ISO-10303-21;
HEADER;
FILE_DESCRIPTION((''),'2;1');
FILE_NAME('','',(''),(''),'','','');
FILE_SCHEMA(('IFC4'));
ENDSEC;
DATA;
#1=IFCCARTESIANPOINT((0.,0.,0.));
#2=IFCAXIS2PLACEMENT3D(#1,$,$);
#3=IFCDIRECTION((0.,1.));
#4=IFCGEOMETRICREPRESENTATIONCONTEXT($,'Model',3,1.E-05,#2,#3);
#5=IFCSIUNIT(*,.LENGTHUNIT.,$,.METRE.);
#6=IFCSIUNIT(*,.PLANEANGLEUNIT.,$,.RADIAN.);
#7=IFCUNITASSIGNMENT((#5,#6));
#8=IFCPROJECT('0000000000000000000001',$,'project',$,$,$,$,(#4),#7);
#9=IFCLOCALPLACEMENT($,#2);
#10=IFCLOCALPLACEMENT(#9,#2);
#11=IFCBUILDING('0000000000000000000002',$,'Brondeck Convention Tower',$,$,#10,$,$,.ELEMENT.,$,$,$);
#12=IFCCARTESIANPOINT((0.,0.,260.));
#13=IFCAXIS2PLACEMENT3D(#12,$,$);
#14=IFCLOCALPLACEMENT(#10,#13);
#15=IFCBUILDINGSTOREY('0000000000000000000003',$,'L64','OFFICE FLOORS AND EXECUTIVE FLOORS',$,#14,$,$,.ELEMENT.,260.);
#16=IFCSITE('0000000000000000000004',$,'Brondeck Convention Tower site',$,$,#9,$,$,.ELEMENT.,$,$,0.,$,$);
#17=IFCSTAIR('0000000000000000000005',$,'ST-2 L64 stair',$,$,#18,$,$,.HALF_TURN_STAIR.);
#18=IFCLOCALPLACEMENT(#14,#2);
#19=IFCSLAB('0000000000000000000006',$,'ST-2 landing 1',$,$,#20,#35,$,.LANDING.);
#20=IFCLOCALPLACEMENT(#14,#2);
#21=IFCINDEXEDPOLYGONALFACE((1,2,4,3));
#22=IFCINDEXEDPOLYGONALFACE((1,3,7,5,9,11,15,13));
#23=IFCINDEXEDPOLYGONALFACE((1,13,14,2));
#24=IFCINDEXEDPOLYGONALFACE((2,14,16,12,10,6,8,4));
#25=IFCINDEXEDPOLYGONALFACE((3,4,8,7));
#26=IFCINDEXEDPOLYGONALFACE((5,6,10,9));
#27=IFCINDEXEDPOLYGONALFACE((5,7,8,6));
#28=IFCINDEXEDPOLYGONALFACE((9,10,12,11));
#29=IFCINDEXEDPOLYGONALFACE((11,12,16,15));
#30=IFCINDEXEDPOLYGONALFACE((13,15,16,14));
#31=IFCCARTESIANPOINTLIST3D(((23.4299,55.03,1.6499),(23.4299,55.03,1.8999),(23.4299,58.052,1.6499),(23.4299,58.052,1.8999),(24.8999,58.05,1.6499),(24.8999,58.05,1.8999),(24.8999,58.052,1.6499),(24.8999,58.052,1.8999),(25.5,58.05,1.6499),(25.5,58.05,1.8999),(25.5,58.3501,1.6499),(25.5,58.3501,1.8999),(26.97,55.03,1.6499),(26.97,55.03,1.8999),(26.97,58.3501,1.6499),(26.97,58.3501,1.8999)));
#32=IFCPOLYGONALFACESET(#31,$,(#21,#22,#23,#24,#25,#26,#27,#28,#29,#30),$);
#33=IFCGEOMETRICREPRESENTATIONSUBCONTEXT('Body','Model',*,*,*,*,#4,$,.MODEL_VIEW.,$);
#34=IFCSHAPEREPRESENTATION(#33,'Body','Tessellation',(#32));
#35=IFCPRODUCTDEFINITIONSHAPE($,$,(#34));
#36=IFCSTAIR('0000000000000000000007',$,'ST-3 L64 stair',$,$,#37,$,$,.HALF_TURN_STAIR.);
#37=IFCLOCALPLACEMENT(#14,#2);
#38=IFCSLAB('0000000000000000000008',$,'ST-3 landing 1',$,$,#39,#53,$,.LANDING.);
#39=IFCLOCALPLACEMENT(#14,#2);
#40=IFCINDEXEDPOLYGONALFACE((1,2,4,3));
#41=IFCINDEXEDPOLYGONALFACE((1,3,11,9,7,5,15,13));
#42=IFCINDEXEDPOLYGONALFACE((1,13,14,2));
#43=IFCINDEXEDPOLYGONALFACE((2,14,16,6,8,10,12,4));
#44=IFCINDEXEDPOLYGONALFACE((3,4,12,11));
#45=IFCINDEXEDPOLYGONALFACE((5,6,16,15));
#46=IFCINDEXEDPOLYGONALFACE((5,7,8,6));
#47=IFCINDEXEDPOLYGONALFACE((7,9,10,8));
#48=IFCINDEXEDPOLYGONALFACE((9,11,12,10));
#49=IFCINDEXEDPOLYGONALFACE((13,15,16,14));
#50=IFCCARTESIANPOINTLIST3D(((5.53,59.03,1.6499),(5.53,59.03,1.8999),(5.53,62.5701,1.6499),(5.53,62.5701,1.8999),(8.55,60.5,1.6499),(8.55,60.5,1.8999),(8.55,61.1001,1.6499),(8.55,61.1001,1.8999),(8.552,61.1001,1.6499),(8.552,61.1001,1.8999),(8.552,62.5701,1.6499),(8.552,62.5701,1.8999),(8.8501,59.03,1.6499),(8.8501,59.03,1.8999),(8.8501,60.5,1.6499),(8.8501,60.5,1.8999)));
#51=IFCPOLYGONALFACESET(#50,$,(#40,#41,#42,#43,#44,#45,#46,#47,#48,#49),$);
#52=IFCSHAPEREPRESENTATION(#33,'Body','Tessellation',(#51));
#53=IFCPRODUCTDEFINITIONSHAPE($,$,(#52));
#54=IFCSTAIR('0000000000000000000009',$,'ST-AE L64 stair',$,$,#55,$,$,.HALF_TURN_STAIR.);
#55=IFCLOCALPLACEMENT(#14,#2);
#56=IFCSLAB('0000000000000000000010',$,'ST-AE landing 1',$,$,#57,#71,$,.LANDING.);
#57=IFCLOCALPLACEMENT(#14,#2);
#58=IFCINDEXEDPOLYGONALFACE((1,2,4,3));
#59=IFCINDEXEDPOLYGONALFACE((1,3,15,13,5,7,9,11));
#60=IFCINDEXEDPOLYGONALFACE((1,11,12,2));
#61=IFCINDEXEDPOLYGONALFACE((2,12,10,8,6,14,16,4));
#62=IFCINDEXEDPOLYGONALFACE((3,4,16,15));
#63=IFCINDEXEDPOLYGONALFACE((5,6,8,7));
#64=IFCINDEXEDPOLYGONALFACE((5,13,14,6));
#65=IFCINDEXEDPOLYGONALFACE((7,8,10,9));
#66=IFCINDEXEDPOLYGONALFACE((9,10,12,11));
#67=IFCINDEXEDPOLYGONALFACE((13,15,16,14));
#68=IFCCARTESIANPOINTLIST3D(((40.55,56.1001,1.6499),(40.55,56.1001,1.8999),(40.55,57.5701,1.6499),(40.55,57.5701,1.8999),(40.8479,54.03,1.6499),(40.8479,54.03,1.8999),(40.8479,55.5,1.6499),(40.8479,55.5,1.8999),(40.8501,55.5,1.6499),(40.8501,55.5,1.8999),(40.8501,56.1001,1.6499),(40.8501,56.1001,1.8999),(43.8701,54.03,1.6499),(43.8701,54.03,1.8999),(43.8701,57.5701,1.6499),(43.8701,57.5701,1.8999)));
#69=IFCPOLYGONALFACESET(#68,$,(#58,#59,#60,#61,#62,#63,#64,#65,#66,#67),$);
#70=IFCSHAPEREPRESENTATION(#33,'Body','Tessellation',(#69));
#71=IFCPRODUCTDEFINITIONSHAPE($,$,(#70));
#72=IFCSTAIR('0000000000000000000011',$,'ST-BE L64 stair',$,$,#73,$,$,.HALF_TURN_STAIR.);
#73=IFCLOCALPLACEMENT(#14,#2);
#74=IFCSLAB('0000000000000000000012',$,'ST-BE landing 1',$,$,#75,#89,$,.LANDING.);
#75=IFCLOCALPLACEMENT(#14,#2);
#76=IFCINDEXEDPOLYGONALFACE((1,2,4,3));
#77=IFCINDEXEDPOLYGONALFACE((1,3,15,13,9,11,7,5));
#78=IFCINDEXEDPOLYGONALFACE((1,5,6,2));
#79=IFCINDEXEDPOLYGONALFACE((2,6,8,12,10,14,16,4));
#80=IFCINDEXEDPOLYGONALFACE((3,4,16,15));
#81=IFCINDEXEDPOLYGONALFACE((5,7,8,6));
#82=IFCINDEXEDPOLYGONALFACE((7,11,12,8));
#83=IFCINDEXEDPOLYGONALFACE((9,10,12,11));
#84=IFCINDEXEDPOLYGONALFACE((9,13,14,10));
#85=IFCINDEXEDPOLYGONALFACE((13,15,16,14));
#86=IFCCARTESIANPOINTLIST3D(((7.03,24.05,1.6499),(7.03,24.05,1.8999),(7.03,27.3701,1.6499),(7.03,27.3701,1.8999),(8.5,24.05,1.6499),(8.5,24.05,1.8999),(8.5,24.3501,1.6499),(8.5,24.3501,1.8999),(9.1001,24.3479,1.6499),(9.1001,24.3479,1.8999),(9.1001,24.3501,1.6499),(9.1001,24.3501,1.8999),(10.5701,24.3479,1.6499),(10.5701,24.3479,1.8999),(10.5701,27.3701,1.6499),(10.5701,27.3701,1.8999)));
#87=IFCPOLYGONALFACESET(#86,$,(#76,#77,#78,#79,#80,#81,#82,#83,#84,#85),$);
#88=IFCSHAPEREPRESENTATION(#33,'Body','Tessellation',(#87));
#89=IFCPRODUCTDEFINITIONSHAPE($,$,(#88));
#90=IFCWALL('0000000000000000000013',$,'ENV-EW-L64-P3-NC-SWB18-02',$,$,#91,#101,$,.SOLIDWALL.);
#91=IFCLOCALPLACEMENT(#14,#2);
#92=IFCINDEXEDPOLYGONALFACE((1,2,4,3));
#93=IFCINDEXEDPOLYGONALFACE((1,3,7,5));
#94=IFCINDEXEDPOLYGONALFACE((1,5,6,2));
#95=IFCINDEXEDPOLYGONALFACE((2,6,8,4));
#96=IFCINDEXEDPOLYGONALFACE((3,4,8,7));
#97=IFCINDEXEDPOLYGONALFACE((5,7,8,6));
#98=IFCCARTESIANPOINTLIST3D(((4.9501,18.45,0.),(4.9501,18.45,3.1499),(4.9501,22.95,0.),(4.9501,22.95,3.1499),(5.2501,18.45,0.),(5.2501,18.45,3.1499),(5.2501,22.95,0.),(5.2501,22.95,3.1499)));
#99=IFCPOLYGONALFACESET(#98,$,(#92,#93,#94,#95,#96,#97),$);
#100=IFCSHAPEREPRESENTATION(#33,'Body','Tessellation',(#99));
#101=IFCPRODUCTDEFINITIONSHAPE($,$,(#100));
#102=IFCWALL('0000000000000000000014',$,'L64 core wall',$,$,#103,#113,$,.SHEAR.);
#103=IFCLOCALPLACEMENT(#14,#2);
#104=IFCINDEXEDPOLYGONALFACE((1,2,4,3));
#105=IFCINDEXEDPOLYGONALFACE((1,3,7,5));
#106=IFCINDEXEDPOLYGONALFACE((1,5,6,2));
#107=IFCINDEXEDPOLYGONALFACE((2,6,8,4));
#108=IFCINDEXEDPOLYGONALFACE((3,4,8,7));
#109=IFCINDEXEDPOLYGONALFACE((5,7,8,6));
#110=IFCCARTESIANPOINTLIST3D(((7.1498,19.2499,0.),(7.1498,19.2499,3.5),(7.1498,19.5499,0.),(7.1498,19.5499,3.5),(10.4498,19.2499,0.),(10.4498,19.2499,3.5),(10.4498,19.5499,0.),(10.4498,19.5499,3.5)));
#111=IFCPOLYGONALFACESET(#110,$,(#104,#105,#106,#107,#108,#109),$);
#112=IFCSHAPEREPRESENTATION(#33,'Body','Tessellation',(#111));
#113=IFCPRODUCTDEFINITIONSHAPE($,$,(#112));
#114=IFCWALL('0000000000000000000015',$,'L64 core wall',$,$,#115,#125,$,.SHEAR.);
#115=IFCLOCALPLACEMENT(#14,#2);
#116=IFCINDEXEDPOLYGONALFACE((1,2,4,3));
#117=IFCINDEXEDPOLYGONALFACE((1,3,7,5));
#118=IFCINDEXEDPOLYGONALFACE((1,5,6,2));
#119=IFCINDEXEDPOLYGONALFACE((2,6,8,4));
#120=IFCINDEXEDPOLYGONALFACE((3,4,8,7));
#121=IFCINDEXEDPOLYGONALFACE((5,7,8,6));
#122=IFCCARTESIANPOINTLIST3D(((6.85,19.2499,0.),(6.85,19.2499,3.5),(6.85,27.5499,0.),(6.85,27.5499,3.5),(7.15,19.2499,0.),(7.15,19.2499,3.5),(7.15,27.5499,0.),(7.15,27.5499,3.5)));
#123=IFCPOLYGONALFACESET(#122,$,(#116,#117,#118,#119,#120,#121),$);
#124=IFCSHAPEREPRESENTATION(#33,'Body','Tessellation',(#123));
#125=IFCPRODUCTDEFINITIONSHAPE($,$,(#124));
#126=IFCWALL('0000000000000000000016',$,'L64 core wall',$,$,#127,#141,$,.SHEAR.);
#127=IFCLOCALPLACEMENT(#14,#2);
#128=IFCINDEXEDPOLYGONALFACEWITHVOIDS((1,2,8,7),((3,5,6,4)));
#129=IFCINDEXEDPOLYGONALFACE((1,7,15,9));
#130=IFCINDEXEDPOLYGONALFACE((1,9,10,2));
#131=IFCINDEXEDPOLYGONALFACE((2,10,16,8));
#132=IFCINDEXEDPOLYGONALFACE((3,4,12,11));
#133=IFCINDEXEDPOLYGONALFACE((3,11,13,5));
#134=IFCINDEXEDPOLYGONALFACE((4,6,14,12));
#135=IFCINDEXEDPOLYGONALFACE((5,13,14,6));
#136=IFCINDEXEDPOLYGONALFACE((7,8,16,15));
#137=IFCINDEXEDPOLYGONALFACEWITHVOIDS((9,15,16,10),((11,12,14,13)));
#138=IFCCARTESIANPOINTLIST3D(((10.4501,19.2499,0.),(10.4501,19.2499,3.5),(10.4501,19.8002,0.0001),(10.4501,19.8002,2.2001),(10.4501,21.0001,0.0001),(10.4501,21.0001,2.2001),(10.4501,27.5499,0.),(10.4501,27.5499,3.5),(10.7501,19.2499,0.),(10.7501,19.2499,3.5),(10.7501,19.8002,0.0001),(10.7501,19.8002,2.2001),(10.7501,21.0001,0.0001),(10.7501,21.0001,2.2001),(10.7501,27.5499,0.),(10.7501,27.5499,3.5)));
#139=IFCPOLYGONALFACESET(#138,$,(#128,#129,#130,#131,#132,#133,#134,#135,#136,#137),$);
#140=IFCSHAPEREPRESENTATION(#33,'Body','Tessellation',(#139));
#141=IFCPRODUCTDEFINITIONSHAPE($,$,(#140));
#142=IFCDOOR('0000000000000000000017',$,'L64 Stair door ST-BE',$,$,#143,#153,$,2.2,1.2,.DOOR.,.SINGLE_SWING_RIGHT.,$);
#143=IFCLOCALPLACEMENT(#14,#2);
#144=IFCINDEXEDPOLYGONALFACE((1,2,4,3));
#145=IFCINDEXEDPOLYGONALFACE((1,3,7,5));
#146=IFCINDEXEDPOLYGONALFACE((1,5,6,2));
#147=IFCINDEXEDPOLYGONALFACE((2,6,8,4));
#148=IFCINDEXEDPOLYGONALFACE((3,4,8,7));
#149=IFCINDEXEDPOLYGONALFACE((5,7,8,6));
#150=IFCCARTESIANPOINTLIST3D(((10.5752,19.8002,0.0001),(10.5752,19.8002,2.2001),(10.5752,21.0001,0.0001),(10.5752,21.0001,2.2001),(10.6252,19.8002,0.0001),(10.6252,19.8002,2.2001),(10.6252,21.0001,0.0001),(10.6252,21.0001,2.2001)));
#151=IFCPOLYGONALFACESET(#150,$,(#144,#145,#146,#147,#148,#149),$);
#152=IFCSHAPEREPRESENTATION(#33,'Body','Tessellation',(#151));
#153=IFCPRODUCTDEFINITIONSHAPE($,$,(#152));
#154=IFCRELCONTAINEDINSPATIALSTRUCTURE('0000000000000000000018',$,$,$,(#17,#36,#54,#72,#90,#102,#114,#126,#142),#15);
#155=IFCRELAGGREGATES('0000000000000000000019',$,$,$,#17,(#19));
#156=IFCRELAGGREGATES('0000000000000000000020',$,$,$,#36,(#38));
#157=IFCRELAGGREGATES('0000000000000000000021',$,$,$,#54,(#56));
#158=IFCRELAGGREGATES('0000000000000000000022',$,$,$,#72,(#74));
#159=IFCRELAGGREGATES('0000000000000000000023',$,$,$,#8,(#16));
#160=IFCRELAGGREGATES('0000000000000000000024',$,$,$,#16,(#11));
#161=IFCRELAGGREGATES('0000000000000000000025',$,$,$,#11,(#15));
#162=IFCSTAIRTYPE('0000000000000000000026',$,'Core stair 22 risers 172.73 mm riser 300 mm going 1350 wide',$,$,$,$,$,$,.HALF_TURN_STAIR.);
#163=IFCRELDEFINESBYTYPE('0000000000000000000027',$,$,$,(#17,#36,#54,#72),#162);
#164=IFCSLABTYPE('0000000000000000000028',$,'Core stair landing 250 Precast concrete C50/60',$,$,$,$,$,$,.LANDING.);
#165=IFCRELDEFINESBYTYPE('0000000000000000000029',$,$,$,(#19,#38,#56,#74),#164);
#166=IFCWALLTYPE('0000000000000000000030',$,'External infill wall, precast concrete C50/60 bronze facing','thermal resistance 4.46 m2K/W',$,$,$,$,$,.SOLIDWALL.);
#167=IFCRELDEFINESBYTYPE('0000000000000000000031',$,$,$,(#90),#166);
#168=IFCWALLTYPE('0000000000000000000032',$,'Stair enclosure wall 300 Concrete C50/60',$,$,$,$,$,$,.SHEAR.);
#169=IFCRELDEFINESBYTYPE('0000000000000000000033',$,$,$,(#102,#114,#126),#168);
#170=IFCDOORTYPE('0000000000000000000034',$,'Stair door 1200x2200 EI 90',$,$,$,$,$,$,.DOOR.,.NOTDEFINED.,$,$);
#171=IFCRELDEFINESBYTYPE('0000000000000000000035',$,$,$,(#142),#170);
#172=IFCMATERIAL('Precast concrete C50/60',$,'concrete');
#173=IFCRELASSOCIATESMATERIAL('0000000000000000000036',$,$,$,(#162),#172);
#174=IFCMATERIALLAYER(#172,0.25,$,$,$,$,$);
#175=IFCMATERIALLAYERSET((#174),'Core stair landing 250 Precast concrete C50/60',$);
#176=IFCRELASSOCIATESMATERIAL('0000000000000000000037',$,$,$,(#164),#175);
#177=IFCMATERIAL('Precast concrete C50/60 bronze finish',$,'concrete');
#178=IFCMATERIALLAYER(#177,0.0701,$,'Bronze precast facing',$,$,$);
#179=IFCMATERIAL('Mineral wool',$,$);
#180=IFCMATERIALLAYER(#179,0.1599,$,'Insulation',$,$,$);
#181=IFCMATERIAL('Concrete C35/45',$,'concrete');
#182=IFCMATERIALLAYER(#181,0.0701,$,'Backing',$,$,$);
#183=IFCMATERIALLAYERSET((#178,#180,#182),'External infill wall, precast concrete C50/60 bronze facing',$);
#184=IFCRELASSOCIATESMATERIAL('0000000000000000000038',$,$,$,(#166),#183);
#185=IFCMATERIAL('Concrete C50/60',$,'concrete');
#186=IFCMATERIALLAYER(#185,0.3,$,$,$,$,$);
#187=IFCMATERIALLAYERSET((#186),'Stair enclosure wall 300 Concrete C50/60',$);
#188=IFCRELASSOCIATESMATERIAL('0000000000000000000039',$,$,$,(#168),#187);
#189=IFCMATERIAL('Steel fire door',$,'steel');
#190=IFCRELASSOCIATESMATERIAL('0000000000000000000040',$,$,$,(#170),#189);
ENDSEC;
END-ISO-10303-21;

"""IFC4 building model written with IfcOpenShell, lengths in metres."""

from ifc_helpers import new_model, si_unit, direction, frame, frame_2d, origin, place, context, subcontext, project, spatial, polyline, rectangle, outline, extrude, material, layer, layer_set, type_object, element, fill, aggregate, save


model = new_model("IFC4")

# Units and contexts
model_context = context("Model", 3, precision=1e-05, world=origin(), true_north=direction((0.0, 1.0)))
body_context = subcontext(model_context, "Body", "Model", "MODEL_VIEW")
ifc_project = project(units=[si_unit("LENGTHUNIT", "METRE"), si_unit("PLANEANGLEUNIT", "RADIAN")], contexts=[model_context])

# Site, building, storey
site_placement = place(None, origin())
site = spatial("IfcSite", under=ifc_project, at=site_placement, Name="Brondeck Convention Tower site", CompositionType="ELEMENT", RefElevation=0.0)
building_placement = place(site_placement, origin())
building = spatial("IfcBuilding", under=site, at=building_placement, Name="Brondeck Convention Tower", CompositionType="ELEMENT")
storey_placement = place(building_placement, frame((0.0, 0.0, 260.0)))
storey = spatial("IfcBuildingStorey", under=building, at=storey_placement, Name="L64", Description="OFFICE FLOORS AND EXECUTIVE FLOORS", CompositionType="ELEMENT", Elevation=260.0)

# Shared definitions
ifc_material_1 = material(Name="Concrete C50/60", Category="concrete")

# Shared definitions
ifc_material_2 = material(Name="Concrete C35/45", Category="concrete")

# Stairs, slabs
ifc_material_3 = material(Name="Precast concrete C50/60", Category="concrete")
stair_type = type_object("IfcStairType", Name="Core stair 22 risers 172.73 mm riser 300 mm going 1350 wide", PredefinedType="HALF_TURN_STAIR", material=ifc_material_3)
ifc_layer_1 = layer(ifc_material_3, 0.25)
ifc_layer_set_1 = layer_set([ifc_layer_1], Name="Core stair landing 250 Precast concrete C50/60")
slab_type_1 = type_object("IfcSlabType", Name="Core stair landing 250 Precast concrete C50/60", PredefinedType="LANDING", material=ifc_layer_set_1)
stair_1_placement = place(storey_placement, origin())
stair_1 = element("IfcStair", 1, at=stair_1_placement, inside=storey, type_object=stair_type, Name="ST-2 L64 stair", PredefinedType="HALF_TURN_STAIR")
slab_1_placement = place(storey_placement, frame((0.0, 0.0, 1.6499)))
slab_1 = element("IfcSlab", 2, at=slab_1_placement, type_object=slab_type_1, Name="ST-2 landing 1", PredefinedType="LANDING", context=body_context, shape_type="SweptSolid", body=[
    extrude(outline(polyline([(23.4299, 58.052), (24.8999, 58.052), (24.8999, 58.05), (25.5, 58.05), (25.5, 58.3501), (26.97, 58.3501), (26.97, 55.03), (23.4299, 55.03), (23.4299, 58.052)])), origin(), (0.0, 0.0, 1.0), 0.25),
])
aggregate(stair_1, [slab_1])
stair_2_placement = place(storey_placement, origin())
stair_2 = element("IfcStair", 3, at=stair_2_placement, inside=storey, type_object=stair_type, Name="ST-3 L64 stair", PredefinedType="HALF_TURN_STAIR")
slab_2_placement = place(storey_placement, frame((0.0, 0.0, 1.6499)))
slab_2 = element("IfcSlab", 4, at=slab_2_placement, type_object=slab_type_1, Name="ST-3 landing 1", PredefinedType="LANDING", context=body_context, shape_type="SweptSolid", body=[
    extrude(outline(polyline([(8.8501, 60.5), (8.8501, 59.03), (5.53, 59.03), (5.53, 62.5701), (8.552, 62.5701), (8.552, 61.1001), (8.55, 61.1001), (8.55, 60.5), (8.8501, 60.5)])), origin(), (0.0, 0.0, 1.0), 0.25),
])
aggregate(stair_2, [slab_2])
stair_3_placement = place(storey_placement, origin())
stair_3 = element("IfcStair", 5, at=stair_3_placement, inside=storey, type_object=stair_type, Name="ST-AE L64 stair", PredefinedType="HALF_TURN_STAIR")
slab_3_placement = place(storey_placement, frame((0.0, 0.0, 1.6499)))
slab_3 = element("IfcSlab", 6, at=slab_3_placement, type_object=slab_type_1, Name="ST-AE landing 1", PredefinedType="LANDING", context=body_context, shape_type="SweptSolid", body=[
    extrude(outline(polyline([(40.8479, 55.5), (40.8501, 55.5), (40.8501, 56.1001), (40.55, 56.1001), (40.55, 57.5701), (43.8701, 57.5701), (43.8701, 54.03), (40.8479, 54.03), (40.8479, 55.5)])), origin(), (0.0, 0.0, 1.0), 0.25),
])
aggregate(stair_3, [slab_3])
stair_4_placement = place(storey_placement, origin())
stair_4 = element("IfcStair", 7, at=stair_4_placement, inside=storey, type_object=stair_type, Name="ST-BE L64 stair", PredefinedType="HALF_TURN_STAIR")
slab_4_placement = place(storey_placement, frame((0.0, 0.0, 1.6499)))
slab_4 = element("IfcSlab", 8, at=slab_4_placement, type_object=slab_type_1, Name="ST-BE landing 1", PredefinedType="LANDING", context=body_context, shape_type="SweptSolid", body=[
    extrude(outline(polyline([(7.03, 24.05), (7.03, 27.3701), (10.5701, 27.3701), (10.5701, 24.3479), (9.1001, 24.3479), (9.1001, 24.3501), (8.5, 24.3501), (8.5, 24.05), (7.03, 24.05)])), origin(), (0.0, 0.0, 1.0), 0.25),
])
aggregate(stair_4, [slab_4])

# Walls
ifc_material_4 = material(Name="Precast concrete C50/60 bronze finish", Category="concrete")
ifc_layer_2 = layer(ifc_material_4, 0.0701, Name="Bronze precast facing")
ifc_material_5 = material(Name="Mineral wool")
ifc_layer_3 = layer(ifc_material_5, 0.1599, Name="Insulation")
ifc_layer_4 = layer(ifc_material_2, 0.0701, Name="Backing")
ifc_layer_set_2 = layer_set([ifc_layer_2, ifc_layer_3, ifc_layer_4], Name="External infill wall, precast concrete C50/60 bronze facing")
wall_type_1 = type_object("IfcWallType", Name="External infill wall, precast concrete C50/60 bronze facing", Description="thermal resistance 4.46 m2K/W", PredefinedType="SOLIDWALL", material=ifc_layer_set_2)
wall_1_placement = place(storey_placement, frame((5.1001, 18.45, 0.0), z_axis=(0.0, 0.0, 1.0), x_axis=(0.0, 1.0, 0.0)))
element("IfcWall", 9, at=wall_1_placement, inside=storey, type_object=wall_type_1, Name="ENV-EW-L64-P3-NC-SWB18-02", PredefinedType="SOLIDWALL", context=body_context, shape_type="SweptSolid", body=[
    extrude(rectangle(XDim=4.5, YDim=0.3, at=frame_2d((2.25, 0.0))), origin(), (0.0, 0.0, 1.0), 3.1499),
])
ifc_layer_5 = layer(ifc_material_1, 0.3)
ifc_layer_set_3 = layer_set([ifc_layer_5], Name="Stair enclosure wall 300 Concrete C50/60")
wall_type_2 = type_object("IfcWallType", Name="Stair enclosure wall 300 Concrete C50/60", PredefinedType="SHEAR", material=ifc_layer_set_3)
wall_2_placement = place(storey_placement, frame((7.1499, 19.3999, 0.0), z_axis=(0.0, 0.0, 1.0), x_axis=(1.0, 0.0, 0.0)))
element("IfcWall", 10, at=wall_2_placement, inside=storey, type_object=wall_type_2, Name="L64 core wall", PredefinedType="SHEAR", context=body_context, shape_type="SweptSolid", body=[
    extrude(rectangle(XDim=3.3, YDim=0.3, at=frame_2d((1.6499, 0.0))), origin(), (0.0, 0.0, 1.0), 3.5),
])
wall_3_placement = place(storey_placement, frame((7.0, 19.25, 0.0), z_axis=(0.0, 0.0, 1.0), x_axis=(0.0, 1.0, 0.0)))
element("IfcWall", 11, at=wall_3_placement, inside=storey, type_object=wall_type_2, Name="L64 core wall", PredefinedType="SHEAR", context=body_context, shape_type="SweptSolid", body=[
    extrude(rectangle(XDim=8.3, YDim=0.3, at=frame_2d((4.1499, 0.0))), origin(), (0.0, 0.0, 1.0), 3.5),
])

# Wall, opening, door
wall_4_placement = place(storey_placement, frame((10.6001, 19.25, 0.0), z_axis=(0.0, 0.0, 1.0), x_axis=(0.0, 1.0, 0.0)))
wall_4 = element("IfcWall", 12, at=wall_4_placement, inside=storey, type_object=wall_type_2, Name="L64 core wall", PredefinedType="SHEAR", context=body_context, shape_type="SweptSolid", body=[
    extrude(rectangle(XDim=8.3, YDim=0.3, at=frame_2d((4.1499, 0.0))), origin(), (0.0, 0.0, 1.0), 3.5),
])
opening_placement = place(wall_4_placement, frame((0.55, 0.0, 0.0)))
opening = element("IfcOpeningElement", 13, at=opening_placement, cuts=wall_4, PredefinedType="OPENING", context=body_context, shape_type="SweptSolid", body=[
    extrude(rectangle(XDim=1.2, YDim=2.2, at=frame_2d((0.6001, 1.1001))), frame((0.0, 0.1599, 0.0), z_axis=(0.0, -1.0, 0.0), x_axis=(1.0, 0.0, 0.0)), (0.0, 0.0, 1.0), 0.3201),
])
ifc_material_6 = material(Name="Steel fire door", Category="steel")
door_type = type_object("IfcDoorType", Name="Stair door 1200x2200 EI 90", OperationType="NOTDEFINED", PredefinedType="DOOR", material=ifc_material_6)
door_placement = place(opening_placement, origin())
door = element("IfcDoor", 14, at=door_placement, inside=storey, type_object=door_type, Name="L64 Stair door ST-BE", OperationType="SINGLE_SWING_RIGHT", OverallHeight=2.2, OverallWidth=1.2, PredefinedType="DOOR", context=body_context, shape_type="SweptSolid", body=[
    extrude(rectangle(XDim=1.2, YDim=2.2, at=frame_2d((0.6001, 1.1001))), frame((0.0, 0.0249, 0.0), z_axis=(0.0, -1.0, 0.0), x_axis=(1.0, 0.0, 0.0)), (0.0, 0.0, 1.0), 0.05),
])
fill(opening, door)

save(model, "model.ifc")
